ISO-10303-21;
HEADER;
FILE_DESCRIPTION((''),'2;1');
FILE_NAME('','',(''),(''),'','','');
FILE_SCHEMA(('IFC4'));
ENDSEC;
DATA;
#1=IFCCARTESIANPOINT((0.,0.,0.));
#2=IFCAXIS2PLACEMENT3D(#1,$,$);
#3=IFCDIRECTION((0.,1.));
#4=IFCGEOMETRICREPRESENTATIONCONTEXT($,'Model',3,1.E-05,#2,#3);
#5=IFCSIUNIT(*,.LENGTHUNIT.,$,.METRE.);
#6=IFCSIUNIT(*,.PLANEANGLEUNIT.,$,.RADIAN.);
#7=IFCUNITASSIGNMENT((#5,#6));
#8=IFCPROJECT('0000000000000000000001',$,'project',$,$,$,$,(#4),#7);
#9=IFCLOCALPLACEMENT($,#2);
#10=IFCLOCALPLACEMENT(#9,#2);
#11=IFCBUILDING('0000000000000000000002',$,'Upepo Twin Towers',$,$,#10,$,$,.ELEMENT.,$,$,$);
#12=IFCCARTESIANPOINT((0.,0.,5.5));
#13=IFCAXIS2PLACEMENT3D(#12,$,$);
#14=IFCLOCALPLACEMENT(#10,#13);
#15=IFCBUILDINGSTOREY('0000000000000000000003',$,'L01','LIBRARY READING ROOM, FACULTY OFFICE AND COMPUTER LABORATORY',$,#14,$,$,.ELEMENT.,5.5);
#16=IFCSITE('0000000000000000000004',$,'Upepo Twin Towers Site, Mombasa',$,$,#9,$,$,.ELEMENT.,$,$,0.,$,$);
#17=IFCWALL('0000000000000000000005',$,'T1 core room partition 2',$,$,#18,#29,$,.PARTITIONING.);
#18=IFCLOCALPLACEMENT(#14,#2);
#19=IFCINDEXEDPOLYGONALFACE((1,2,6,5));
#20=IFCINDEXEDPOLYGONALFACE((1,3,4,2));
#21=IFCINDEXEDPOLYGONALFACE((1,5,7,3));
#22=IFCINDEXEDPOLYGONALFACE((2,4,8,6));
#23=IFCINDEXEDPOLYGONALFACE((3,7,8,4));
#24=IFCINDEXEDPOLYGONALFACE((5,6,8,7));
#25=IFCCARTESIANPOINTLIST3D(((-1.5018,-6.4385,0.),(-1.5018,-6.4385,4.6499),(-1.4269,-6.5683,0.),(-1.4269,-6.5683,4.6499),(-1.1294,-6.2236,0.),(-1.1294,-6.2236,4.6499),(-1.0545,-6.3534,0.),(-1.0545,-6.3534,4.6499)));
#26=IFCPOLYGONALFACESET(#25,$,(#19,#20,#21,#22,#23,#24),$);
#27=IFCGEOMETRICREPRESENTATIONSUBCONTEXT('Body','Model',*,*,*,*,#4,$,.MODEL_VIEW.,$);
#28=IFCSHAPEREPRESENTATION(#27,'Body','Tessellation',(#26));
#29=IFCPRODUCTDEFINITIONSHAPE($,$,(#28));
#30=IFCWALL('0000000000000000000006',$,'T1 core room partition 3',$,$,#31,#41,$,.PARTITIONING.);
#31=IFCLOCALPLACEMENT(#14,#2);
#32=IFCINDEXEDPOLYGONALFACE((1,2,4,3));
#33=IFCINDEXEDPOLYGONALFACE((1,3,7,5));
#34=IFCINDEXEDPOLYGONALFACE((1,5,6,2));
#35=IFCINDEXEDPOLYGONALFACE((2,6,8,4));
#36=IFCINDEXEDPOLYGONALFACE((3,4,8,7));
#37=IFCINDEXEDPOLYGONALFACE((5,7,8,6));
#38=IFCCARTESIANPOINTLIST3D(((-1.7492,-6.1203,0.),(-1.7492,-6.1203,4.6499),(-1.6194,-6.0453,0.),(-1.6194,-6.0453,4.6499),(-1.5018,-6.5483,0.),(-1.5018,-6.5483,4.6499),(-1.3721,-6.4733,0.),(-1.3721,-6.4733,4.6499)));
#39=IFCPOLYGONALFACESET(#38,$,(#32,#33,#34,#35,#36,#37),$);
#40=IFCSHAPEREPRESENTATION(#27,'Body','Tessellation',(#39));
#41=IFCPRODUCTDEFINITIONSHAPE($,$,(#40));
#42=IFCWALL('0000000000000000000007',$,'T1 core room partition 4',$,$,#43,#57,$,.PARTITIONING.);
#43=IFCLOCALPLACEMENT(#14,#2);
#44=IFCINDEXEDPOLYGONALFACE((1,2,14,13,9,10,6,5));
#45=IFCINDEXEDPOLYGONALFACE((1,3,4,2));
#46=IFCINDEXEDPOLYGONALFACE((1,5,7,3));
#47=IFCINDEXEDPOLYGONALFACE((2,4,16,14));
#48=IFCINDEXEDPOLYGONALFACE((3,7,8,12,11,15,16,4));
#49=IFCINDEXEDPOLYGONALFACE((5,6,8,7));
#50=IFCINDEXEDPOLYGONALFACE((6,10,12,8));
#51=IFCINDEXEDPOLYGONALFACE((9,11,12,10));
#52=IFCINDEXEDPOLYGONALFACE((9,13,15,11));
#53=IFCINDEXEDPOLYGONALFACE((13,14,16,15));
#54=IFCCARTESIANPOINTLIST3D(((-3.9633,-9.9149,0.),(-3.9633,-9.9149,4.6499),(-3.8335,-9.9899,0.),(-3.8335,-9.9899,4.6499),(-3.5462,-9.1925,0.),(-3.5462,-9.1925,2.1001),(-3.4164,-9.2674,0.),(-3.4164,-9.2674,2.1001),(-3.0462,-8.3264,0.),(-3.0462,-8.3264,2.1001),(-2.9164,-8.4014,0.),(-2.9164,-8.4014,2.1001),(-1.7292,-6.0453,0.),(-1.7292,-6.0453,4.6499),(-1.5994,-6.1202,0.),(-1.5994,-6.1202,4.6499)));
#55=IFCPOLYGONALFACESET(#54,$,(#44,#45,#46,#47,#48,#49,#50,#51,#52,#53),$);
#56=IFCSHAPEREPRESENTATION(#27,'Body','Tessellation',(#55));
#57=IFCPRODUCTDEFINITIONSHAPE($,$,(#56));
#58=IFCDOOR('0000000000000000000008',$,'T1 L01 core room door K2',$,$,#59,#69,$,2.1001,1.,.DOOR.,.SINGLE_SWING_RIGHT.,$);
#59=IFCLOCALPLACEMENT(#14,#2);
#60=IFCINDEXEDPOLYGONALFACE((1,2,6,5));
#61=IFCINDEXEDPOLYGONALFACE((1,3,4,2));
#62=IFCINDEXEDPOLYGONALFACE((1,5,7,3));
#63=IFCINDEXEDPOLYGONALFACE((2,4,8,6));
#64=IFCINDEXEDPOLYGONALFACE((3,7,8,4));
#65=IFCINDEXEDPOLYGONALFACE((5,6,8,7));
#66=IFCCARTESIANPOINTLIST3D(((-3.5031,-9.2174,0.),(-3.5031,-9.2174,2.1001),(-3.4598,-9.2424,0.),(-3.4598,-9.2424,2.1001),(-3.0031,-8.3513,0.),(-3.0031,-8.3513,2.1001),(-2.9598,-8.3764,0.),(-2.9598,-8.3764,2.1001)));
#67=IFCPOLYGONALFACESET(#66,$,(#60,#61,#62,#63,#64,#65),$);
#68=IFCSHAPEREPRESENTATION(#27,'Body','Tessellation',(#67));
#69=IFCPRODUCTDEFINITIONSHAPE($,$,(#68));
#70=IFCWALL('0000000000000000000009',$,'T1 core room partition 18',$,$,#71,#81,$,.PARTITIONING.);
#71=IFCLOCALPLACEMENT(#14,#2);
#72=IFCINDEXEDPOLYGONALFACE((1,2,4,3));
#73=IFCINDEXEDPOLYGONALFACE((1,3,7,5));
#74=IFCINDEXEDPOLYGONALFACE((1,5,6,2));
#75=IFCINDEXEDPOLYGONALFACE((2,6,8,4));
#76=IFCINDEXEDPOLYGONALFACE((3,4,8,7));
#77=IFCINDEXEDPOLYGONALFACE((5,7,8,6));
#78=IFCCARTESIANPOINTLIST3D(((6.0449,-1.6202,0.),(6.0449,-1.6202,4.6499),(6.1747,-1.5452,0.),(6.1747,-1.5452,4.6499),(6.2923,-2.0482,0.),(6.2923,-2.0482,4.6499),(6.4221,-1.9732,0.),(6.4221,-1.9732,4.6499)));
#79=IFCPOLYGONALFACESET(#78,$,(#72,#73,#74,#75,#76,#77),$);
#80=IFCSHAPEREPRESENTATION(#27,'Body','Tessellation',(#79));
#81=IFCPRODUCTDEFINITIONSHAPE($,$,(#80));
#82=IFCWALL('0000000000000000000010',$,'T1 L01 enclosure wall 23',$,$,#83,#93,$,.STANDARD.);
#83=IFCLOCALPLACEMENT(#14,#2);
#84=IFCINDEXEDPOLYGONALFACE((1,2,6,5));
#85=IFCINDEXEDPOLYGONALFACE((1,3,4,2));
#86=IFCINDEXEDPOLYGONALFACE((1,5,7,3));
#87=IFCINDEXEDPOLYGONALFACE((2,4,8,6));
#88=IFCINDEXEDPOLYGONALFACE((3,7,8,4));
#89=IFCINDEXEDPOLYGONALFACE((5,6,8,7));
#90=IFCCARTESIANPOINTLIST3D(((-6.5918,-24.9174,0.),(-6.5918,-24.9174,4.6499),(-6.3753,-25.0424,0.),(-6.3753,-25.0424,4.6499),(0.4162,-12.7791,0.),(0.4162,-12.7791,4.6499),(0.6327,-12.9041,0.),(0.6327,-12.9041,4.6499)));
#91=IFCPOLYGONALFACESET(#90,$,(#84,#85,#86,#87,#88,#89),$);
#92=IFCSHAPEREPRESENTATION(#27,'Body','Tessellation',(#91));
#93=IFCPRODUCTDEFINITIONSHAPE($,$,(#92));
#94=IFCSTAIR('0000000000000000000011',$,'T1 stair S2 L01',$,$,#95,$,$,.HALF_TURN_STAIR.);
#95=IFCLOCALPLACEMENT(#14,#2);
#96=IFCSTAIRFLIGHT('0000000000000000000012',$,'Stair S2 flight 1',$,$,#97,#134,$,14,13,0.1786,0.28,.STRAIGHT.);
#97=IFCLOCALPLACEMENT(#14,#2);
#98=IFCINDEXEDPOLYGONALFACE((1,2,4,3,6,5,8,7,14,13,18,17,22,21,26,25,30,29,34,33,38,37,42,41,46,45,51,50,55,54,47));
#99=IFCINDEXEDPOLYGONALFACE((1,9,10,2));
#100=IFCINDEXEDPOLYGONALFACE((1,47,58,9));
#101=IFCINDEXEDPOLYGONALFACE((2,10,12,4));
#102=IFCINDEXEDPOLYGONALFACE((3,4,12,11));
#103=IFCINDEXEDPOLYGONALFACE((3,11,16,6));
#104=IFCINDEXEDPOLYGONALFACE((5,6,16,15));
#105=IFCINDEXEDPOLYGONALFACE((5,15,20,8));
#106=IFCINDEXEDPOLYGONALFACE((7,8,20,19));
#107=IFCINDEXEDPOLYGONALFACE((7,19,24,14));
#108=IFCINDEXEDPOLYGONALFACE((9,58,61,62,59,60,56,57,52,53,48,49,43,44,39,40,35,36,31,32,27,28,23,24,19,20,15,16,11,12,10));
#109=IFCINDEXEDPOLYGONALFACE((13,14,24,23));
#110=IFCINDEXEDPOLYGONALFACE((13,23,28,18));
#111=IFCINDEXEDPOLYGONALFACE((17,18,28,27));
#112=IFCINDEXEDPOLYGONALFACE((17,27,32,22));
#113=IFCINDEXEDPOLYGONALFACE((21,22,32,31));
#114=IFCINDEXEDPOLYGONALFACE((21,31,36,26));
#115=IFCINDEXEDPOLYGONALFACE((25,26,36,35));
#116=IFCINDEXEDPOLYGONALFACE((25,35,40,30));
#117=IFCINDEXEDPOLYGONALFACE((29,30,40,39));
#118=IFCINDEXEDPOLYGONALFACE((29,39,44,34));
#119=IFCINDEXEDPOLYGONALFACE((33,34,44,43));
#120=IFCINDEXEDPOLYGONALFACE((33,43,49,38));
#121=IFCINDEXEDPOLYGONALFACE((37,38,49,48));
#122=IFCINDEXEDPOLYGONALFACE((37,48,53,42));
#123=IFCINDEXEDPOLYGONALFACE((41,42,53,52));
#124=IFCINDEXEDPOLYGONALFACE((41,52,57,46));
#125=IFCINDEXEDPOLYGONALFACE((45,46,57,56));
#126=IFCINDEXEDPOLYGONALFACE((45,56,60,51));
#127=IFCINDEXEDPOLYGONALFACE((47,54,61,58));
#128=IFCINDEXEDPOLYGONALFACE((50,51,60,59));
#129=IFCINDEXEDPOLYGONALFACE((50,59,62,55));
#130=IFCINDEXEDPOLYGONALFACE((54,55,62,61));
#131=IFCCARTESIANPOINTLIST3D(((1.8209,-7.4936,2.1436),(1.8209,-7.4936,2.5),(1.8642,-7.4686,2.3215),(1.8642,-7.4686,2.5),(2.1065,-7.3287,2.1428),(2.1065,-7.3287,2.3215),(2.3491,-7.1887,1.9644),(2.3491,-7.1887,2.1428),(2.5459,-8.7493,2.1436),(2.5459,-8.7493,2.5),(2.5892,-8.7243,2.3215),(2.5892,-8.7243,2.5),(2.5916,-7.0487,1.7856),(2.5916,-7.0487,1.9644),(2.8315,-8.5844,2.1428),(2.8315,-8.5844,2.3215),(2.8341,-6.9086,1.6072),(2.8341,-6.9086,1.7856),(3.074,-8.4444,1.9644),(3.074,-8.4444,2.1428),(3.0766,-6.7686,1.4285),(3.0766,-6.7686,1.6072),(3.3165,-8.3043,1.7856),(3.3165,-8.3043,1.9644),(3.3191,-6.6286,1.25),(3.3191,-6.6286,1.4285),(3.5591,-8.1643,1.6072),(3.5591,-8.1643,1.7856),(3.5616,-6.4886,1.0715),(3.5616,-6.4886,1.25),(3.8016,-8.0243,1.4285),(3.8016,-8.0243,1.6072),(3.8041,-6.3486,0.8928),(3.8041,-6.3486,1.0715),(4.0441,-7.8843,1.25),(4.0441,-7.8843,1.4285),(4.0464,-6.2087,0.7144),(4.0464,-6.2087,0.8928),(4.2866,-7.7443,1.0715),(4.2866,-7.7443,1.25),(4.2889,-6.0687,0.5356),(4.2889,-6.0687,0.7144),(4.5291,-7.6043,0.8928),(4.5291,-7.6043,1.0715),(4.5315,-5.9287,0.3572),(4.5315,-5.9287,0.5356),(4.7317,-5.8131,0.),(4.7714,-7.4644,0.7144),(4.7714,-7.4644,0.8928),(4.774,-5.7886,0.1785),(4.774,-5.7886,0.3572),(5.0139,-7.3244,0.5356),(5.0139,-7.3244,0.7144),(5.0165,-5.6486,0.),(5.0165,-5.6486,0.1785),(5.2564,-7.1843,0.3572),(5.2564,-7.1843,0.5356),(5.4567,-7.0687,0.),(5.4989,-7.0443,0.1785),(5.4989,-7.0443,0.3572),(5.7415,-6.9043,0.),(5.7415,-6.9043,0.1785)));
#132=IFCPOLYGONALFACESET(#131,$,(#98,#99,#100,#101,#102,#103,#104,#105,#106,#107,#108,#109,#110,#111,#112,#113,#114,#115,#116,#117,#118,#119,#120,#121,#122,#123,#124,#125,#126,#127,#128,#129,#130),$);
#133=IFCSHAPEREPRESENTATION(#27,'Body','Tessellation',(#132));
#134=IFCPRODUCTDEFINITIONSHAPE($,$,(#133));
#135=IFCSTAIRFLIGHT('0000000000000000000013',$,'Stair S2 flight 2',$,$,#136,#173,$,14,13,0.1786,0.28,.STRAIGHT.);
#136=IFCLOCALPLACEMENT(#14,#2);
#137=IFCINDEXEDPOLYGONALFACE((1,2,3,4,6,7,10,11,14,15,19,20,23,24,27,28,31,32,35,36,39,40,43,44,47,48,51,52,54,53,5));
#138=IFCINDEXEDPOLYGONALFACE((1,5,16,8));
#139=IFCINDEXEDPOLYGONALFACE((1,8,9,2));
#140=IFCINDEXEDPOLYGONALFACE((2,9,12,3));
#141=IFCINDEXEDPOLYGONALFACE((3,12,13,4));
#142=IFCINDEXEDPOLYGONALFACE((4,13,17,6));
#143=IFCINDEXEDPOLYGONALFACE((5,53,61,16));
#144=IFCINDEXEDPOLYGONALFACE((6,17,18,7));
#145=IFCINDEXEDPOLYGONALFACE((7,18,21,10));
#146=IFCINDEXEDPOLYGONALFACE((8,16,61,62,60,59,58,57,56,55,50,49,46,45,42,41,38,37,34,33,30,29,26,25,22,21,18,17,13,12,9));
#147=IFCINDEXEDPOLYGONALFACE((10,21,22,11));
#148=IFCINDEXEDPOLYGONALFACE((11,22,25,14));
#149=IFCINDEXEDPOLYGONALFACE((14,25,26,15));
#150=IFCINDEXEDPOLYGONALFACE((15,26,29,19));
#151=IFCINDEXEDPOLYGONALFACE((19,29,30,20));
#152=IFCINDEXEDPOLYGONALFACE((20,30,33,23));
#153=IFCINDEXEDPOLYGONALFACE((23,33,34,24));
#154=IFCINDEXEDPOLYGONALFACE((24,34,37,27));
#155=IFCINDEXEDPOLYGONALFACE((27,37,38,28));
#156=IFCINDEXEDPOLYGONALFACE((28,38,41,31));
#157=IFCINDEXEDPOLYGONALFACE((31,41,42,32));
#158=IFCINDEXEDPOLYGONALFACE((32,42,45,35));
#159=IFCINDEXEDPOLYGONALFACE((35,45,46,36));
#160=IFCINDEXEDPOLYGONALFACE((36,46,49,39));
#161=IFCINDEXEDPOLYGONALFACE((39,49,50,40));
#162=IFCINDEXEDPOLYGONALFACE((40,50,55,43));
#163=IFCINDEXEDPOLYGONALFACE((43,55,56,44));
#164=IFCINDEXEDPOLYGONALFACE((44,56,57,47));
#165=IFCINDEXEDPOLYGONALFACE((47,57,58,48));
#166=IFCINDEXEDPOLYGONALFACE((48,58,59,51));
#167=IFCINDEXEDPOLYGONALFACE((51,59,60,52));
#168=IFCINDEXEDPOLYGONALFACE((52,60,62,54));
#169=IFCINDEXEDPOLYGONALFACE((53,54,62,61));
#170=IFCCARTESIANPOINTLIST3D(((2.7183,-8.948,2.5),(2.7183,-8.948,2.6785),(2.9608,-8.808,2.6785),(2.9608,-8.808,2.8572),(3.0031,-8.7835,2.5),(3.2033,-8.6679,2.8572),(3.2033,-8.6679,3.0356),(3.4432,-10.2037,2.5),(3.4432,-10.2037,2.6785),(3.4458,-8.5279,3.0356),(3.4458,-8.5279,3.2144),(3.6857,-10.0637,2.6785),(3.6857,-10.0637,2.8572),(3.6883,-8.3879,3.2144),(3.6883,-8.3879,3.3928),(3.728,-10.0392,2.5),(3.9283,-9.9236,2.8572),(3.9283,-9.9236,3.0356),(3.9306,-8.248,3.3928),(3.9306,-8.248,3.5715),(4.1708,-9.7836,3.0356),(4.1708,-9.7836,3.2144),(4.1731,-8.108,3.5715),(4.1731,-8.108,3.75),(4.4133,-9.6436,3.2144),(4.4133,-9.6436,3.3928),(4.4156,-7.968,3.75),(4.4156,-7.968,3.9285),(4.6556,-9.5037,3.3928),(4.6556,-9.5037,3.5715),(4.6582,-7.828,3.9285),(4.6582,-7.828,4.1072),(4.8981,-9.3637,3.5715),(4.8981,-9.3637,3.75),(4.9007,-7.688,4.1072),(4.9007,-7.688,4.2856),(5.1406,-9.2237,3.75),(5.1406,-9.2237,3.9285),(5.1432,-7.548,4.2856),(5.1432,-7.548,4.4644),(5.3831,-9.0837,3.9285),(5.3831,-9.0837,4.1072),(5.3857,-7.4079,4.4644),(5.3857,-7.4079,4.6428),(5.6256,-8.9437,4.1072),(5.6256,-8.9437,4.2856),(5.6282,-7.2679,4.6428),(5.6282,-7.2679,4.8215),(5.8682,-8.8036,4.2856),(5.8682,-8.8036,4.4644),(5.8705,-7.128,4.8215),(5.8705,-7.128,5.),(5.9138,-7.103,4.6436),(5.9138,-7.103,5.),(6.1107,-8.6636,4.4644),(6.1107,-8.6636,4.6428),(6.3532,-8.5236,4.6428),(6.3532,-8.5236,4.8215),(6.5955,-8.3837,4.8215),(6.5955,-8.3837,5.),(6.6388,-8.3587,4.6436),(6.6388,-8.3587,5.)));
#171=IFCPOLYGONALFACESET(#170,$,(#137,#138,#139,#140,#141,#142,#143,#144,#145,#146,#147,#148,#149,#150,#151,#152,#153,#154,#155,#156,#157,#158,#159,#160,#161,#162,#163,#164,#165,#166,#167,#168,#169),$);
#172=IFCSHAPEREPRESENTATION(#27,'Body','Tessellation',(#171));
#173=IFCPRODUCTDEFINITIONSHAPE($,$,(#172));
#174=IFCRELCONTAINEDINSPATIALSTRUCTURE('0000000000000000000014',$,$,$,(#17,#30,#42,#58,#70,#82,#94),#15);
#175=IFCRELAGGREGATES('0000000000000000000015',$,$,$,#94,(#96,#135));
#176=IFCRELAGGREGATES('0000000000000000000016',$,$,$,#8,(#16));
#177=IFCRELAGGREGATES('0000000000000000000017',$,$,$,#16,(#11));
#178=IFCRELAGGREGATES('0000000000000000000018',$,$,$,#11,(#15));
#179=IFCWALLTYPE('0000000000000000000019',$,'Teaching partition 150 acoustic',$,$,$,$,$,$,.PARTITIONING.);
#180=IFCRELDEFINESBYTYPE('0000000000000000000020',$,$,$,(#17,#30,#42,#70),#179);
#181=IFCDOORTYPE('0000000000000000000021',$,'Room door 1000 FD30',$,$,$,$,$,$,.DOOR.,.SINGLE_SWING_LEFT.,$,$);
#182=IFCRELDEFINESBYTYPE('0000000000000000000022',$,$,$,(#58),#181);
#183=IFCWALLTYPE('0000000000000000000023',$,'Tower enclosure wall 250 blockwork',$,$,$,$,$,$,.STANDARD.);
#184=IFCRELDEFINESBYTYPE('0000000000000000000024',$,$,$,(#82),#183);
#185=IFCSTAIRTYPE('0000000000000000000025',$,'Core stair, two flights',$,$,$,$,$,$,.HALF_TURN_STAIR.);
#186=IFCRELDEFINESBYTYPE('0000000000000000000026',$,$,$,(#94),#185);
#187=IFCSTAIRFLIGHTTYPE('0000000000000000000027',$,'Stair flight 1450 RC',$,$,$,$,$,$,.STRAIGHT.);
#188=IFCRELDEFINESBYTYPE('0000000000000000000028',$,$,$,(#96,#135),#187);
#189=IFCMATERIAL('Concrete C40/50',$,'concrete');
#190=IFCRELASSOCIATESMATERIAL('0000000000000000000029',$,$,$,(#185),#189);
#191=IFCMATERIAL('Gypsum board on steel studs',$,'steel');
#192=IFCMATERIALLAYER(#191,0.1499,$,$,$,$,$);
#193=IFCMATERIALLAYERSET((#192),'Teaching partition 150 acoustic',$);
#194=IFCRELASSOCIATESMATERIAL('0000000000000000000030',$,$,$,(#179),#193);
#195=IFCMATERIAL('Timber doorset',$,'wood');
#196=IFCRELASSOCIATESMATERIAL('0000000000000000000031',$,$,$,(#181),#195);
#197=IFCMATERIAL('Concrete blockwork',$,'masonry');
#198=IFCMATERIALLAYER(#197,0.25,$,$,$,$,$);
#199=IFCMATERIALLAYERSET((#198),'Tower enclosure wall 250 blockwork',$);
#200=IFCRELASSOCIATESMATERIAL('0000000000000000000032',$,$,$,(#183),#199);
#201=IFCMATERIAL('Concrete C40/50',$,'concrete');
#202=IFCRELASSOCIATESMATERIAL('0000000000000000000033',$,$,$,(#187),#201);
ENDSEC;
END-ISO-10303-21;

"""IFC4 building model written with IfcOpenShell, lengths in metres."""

from ifc_helpers import new_model, si_unit, direction, frame, frame_2d, origin, place, context, subcontext, project, spatial, polyline, rectangle, outline, extrude, material, layer, layer_set, type_object, element, fill, aggregate, save


model = new_model("IFC4")

# Units and contexts
model_context = context("Model", 3, precision=1e-05, world=origin(), true_north=direction((0.0, 1.0)))
body_context = subcontext(model_context, "Body", "Model", "MODEL_VIEW")
ifc_project = project(units=[si_unit("LENGTHUNIT", "METRE"), si_unit("PLANEANGLEUNIT", "RADIAN")], contexts=[model_context])

# Site, building, storey
site_placement = place(None, origin())
site = spatial("IfcSite", under=ifc_project, at=site_placement, Name="Upepo Twin Towers Site, Mombasa", CompositionType="ELEMENT", RefElevation=0.0)
building_placement = place(site_placement, origin())
building = spatial("IfcBuilding", under=site, at=building_placement, Name="Upepo Twin Towers", CompositionType="ELEMENT")
storey_placement = place(building_placement, frame((0.0, 0.0, 5.5)))
storey = spatial("IfcBuildingStorey", under=building, at=storey_placement, Name="L01", Description="LIBRARY READING ROOM, FACULTY OFFICE AND COMPUTER LABORATORY", CompositionType="ELEMENT", Elevation=5.5)

# Shared definitions
ifc_material_1 = material(Name="Concrete C40/50", Category="concrete")
stair_type = type_object("IfcStairType", Name="Core stair, two flights", PredefinedType="HALF_TURN_STAIR", material=ifc_material_1)

# Walls
ifc_material_2 = material(Name="Gypsum board on steel studs", Category="steel")
ifc_layer_1 = layer(ifc_material_2, 0.1499)
ifc_layer_set_1 = layer_set([ifc_layer_1], Name="Teaching partition 150 acoustic")
wall_type_1 = type_object("IfcWallType", Name="Teaching partition 150 acoustic", PredefinedType="PARTITIONING", material=ifc_layer_set_1)
for number, where, z_axis, x_axis, name in (
    (1, (-1.092, -6.2886, 0.0), (0.0, 0.0, 1.0), (-0.866138, -0.499804, 0.0), "T1 core room partition 2"),
):
    element("IfcWall", number, at=place(storey_placement, frame(where, z_axis=z_axis, x_axis=x_axis)), inside=storey, type_object=wall_type_1, Name=name, PredefinedType="PARTITIONING", context=body_context, shape_type="SweptSolid", body=[
        extrude(rectangle(XDim=0.4299, YDim=0.1499, at=frame_2d((0.2148, 0.0))), origin(), (0.0, 0.0, 1.0), 4.6499),
    ])
wall_1_placement = place(storey_placement, frame((-1.437, -6.5107, 0.0), z_axis=(0.0, 0.0, 1.0), x_axis=(-0.500335, 0.865832, 0.0)))
element("IfcWall", 2, at=wall_1_placement, inside=storey, type_object=wall_type_1, Name="T1 core room partition 3", PredefinedType="PARTITIONING", context=body_context, shape_type="SweptSolid", body=[
    extrude(rectangle(XDim=0.4944, YDim=0.1499, at=frame_2d((0.2471, 0.0))), origin(), (0.0, 0.0, 1.0), 4.6499),
])

# Wall, opening, door
wall_2_placement = place(storey_placement, frame((-1.6643, -6.0828, 0.0), z_axis=(0.0, 0.0, 1.0), x_axis=(-0.5, -0.866025, 0.0)))
wall_2 = element("IfcWall", 3, at=wall_2_placement, inside=storey, type_object=wall_type_1, Name="T1 core room partition 4", PredefinedType="PARTITIONING", context=body_context, shape_type="SweptSolid", body=[
    extrude(rectangle(XDim=4.4683, YDim=0.1499, at=frame_2d((2.2341, 0.0))), origin(), (0.0, 0.0, 1.0), 4.6499),
])
opening_1_placement = place(wall_2_placement, frame((2.634, 0.0, 0.0)))
opening_1 = element("IfcOpeningElement", 4, at=opening_1_placement, cuts=wall_2, PredefinedType="OPENING", context=body_context, shape_type="SweptSolid", body=[
    extrude(rectangle(XDim=1.0, YDim=2.1001, at=frame_2d((0.5, 1.05))), frame((0.0, 0.085, 0.0), z_axis=(0.0, -1.0, 0.0), x_axis=(1.0, 0.0, 0.0)), (0.0, 0.0, 1.0), 0.1699),
])
ifc_material_3 = material(Name="Timber doorset", Category="wood")
door_type_1 = type_object("IfcDoorType", Name="Room door 1000 FD30", OperationType="SINGLE_SWING_LEFT", PredefinedType="DOOR", material=ifc_material_3)
door_1_placement = place(opening_1_placement, origin())
door_1 = element("IfcDoor", 5, at=door_1_placement, inside=storey, type_object=door_type_1, Name="T1 L01 core room door K2", OperationType="SINGLE_SWING_RIGHT", OverallHeight=2.1001, OverallWidth=1.0, PredefinedType="DOOR", context=body_context, shape_type="SweptSolid", body=[
    extrude(rectangle(XDim=1.0, YDim=2.1001, at=frame_2d((0.5, 1.05))), frame((0.0, 0.0249, 0.0), z_axis=(0.0, -1.0, 0.0), x_axis=(1.0, 0.0, 0.0)), (0.0, 0.0, 1.0), 0.05),
])
fill(opening_1, door_1)

# Walls
wall_3_placement = place(storey_placement, frame((6.1099, -1.5828, 0.0), z_axis=(0.0, 0.0, 1.0), x_axis=(0.500335, -0.865832, 0.0)))
element("IfcWall", 6, at=wall_3_placement, inside=storey, type_object=wall_type_1, Name="T1 core room partition 18", PredefinedType="PARTITIONING", context=body_context, shape_type="SweptSolid", body=[
    extrude(rectangle(XDim=0.4944, YDim=0.1499, at=frame_2d((0.2471, 0.0))), origin(), (0.0, 0.0, 1.0), 4.6499),
])
ifc_material_4 = material(Name="Concrete blockwork", Category="masonry")
ifc_layer_2 = layer(ifc_material_4, 0.25)
ifc_layer_set_2 = layer_set([ifc_layer_2], Name="Tower enclosure wall 250 blockwork")
wall_type_2 = type_object("IfcWallType", Name="Tower enclosure wall 250 blockwork", PredefinedType="STANDARD", material=ifc_layer_set_2)
wall_4_placement = place(storey_placement, frame((0.5244, -12.8416, 0.0), z_axis=(0.0, 0.0, 1.0), x_axis=(-0.499996, -0.866028, 0.0)))
element("IfcWall", 7, at=wall_4_placement, inside=storey, type_object=wall_type_2, Name="T1 L01 enclosure wall 23", PredefinedType="STANDARD", context=body_context, shape_type="SweptSolid", body=[
    extrude(rectangle(XDim=14.0161, YDim=0.25, at=frame_2d((7.0081, 0.0))), origin(), (0.0, 0.0, 1.0), 4.6499),
])

# Stair, stair flights
stair_1_placement = place(storey_placement, origin())
stair_1 = element("IfcStair", 8, at=stair_1_placement, inside=storey, type_object=stair_type, Name="T1 stair S2 L01", PredefinedType="HALF_TURN_STAIR")
ifc_material_5 = material(Name="Concrete C40/50", Category="concrete")
stair_flight_type = type_object("IfcStairFlightType", Name="Stair flight 1450 RC", PredefinedType="STRAIGHT", material=ifc_material_5)
stair_flight_1_placement = place(storey_placement, frame((5.3789, -6.2764, 0.0), z_axis=(0.0, 0.0, 1.0), x_axis=(-0.866025, -0.5, 0.0)))
stair_flight_1 = element("IfcStairFlight", 9, at=stair_flight_1_placement, type_object=stair_flight_type, Name="Stair S2 flight 1", NumberOfRisers=14, NumberOfTreads=13, PredefinedType="STRAIGHT", RiserHeight=0.1786, TreadLength=0.28, context=body_context, shape_type="SweptSolid", body=[
    extrude(outline(polyline([(0.0, 0.0), (0.0, 0.1785), (0.28, 0.1785), (0.28, 0.3572), (0.5601, 0.3572), (0.5601, 0.5356), (0.8401, 0.5356), (0.8401, 0.7144), (1.1201, 0.7144), (1.1201, 0.8928), (1.3999, 0.8928), (1.3999, 1.0715), (1.6799, 1.0715), (1.6799, 1.25), (1.96, 1.25), (1.96, 1.4285), (2.24, 1.4285), (2.24, 1.6072), (2.52, 1.6072), (2.52, 1.7856), (2.8, 1.7856), (2.8, 1.9644), (3.0801, 1.9644), (3.0801, 2.1428), (3.3601, 2.1428), (3.3601, 2.3215), (3.6399, 2.3215), (3.6399, 2.5), (3.6899, 2.5), (3.6899, 2.1436), (0.3289, 0.0), (0.0, 0.0)])), frame((0.0, 0.7251, 0.0), z_axis=(0.0, -1.0, 0.0), x_axis=(1.0, 0.0, 0.0)), (0.0, 0.0, 1.0), 1.45),
])
stair_flight_2_placement = place(storey_placement, frame((3.0808, -9.5759, 2.5), z_axis=(0.0, 0.0, 1.0), x_axis=(0.866025, 0.5, 0.0)))
stair_flight_2 = element("IfcStairFlight", 10, at=stair_flight_2_placement, type_object=stair_flight_type, Name="Stair S2 flight 2", NumberOfRisers=14, NumberOfTreads=13, PredefinedType="STRAIGHT", RiserHeight=0.1786, TreadLength=0.28, context=body_context, shape_type="SweptSolid", body=[
    extrude(outline(polyline([(0.0, 0.0), (0.0, 0.1785), (0.28, 0.1785), (0.28, 0.3572), (0.5601, 0.3572), (0.5601, 0.5356), (0.8401, 0.5356), (0.8401, 0.7144), (1.1201, 0.7144), (1.1201, 0.8928), (1.3999, 0.8928), (1.3999, 1.0715), (1.6799, 1.0715), (1.6799, 1.25), (1.96, 1.25), (1.96, 1.4285), (2.24, 1.4285), (2.24, 1.6072), (2.52, 1.6072), (2.52, 1.7856), (2.8, 1.7856), (2.8, 1.9644), (3.0801, 1.9644), (3.0801, 2.1428), (3.3601, 2.1428), (3.3601, 2.3215), (3.6399, 2.3215), (3.6399, 2.5), (3.6899, 2.5), (3.6899, 2.1436), (0.3289, 0.0), (0.0, 0.0)])), frame((0.0, 0.7251, 0.0), z_axis=(0.0, -1.0, 0.0), x_axis=(1.0, 0.0, 0.0)), (0.0, 0.0, 1.0), 1.45),
])
aggregate(stair_1, [stair_flight_1, stair_flight_2])

save(model, "model.ifc")
